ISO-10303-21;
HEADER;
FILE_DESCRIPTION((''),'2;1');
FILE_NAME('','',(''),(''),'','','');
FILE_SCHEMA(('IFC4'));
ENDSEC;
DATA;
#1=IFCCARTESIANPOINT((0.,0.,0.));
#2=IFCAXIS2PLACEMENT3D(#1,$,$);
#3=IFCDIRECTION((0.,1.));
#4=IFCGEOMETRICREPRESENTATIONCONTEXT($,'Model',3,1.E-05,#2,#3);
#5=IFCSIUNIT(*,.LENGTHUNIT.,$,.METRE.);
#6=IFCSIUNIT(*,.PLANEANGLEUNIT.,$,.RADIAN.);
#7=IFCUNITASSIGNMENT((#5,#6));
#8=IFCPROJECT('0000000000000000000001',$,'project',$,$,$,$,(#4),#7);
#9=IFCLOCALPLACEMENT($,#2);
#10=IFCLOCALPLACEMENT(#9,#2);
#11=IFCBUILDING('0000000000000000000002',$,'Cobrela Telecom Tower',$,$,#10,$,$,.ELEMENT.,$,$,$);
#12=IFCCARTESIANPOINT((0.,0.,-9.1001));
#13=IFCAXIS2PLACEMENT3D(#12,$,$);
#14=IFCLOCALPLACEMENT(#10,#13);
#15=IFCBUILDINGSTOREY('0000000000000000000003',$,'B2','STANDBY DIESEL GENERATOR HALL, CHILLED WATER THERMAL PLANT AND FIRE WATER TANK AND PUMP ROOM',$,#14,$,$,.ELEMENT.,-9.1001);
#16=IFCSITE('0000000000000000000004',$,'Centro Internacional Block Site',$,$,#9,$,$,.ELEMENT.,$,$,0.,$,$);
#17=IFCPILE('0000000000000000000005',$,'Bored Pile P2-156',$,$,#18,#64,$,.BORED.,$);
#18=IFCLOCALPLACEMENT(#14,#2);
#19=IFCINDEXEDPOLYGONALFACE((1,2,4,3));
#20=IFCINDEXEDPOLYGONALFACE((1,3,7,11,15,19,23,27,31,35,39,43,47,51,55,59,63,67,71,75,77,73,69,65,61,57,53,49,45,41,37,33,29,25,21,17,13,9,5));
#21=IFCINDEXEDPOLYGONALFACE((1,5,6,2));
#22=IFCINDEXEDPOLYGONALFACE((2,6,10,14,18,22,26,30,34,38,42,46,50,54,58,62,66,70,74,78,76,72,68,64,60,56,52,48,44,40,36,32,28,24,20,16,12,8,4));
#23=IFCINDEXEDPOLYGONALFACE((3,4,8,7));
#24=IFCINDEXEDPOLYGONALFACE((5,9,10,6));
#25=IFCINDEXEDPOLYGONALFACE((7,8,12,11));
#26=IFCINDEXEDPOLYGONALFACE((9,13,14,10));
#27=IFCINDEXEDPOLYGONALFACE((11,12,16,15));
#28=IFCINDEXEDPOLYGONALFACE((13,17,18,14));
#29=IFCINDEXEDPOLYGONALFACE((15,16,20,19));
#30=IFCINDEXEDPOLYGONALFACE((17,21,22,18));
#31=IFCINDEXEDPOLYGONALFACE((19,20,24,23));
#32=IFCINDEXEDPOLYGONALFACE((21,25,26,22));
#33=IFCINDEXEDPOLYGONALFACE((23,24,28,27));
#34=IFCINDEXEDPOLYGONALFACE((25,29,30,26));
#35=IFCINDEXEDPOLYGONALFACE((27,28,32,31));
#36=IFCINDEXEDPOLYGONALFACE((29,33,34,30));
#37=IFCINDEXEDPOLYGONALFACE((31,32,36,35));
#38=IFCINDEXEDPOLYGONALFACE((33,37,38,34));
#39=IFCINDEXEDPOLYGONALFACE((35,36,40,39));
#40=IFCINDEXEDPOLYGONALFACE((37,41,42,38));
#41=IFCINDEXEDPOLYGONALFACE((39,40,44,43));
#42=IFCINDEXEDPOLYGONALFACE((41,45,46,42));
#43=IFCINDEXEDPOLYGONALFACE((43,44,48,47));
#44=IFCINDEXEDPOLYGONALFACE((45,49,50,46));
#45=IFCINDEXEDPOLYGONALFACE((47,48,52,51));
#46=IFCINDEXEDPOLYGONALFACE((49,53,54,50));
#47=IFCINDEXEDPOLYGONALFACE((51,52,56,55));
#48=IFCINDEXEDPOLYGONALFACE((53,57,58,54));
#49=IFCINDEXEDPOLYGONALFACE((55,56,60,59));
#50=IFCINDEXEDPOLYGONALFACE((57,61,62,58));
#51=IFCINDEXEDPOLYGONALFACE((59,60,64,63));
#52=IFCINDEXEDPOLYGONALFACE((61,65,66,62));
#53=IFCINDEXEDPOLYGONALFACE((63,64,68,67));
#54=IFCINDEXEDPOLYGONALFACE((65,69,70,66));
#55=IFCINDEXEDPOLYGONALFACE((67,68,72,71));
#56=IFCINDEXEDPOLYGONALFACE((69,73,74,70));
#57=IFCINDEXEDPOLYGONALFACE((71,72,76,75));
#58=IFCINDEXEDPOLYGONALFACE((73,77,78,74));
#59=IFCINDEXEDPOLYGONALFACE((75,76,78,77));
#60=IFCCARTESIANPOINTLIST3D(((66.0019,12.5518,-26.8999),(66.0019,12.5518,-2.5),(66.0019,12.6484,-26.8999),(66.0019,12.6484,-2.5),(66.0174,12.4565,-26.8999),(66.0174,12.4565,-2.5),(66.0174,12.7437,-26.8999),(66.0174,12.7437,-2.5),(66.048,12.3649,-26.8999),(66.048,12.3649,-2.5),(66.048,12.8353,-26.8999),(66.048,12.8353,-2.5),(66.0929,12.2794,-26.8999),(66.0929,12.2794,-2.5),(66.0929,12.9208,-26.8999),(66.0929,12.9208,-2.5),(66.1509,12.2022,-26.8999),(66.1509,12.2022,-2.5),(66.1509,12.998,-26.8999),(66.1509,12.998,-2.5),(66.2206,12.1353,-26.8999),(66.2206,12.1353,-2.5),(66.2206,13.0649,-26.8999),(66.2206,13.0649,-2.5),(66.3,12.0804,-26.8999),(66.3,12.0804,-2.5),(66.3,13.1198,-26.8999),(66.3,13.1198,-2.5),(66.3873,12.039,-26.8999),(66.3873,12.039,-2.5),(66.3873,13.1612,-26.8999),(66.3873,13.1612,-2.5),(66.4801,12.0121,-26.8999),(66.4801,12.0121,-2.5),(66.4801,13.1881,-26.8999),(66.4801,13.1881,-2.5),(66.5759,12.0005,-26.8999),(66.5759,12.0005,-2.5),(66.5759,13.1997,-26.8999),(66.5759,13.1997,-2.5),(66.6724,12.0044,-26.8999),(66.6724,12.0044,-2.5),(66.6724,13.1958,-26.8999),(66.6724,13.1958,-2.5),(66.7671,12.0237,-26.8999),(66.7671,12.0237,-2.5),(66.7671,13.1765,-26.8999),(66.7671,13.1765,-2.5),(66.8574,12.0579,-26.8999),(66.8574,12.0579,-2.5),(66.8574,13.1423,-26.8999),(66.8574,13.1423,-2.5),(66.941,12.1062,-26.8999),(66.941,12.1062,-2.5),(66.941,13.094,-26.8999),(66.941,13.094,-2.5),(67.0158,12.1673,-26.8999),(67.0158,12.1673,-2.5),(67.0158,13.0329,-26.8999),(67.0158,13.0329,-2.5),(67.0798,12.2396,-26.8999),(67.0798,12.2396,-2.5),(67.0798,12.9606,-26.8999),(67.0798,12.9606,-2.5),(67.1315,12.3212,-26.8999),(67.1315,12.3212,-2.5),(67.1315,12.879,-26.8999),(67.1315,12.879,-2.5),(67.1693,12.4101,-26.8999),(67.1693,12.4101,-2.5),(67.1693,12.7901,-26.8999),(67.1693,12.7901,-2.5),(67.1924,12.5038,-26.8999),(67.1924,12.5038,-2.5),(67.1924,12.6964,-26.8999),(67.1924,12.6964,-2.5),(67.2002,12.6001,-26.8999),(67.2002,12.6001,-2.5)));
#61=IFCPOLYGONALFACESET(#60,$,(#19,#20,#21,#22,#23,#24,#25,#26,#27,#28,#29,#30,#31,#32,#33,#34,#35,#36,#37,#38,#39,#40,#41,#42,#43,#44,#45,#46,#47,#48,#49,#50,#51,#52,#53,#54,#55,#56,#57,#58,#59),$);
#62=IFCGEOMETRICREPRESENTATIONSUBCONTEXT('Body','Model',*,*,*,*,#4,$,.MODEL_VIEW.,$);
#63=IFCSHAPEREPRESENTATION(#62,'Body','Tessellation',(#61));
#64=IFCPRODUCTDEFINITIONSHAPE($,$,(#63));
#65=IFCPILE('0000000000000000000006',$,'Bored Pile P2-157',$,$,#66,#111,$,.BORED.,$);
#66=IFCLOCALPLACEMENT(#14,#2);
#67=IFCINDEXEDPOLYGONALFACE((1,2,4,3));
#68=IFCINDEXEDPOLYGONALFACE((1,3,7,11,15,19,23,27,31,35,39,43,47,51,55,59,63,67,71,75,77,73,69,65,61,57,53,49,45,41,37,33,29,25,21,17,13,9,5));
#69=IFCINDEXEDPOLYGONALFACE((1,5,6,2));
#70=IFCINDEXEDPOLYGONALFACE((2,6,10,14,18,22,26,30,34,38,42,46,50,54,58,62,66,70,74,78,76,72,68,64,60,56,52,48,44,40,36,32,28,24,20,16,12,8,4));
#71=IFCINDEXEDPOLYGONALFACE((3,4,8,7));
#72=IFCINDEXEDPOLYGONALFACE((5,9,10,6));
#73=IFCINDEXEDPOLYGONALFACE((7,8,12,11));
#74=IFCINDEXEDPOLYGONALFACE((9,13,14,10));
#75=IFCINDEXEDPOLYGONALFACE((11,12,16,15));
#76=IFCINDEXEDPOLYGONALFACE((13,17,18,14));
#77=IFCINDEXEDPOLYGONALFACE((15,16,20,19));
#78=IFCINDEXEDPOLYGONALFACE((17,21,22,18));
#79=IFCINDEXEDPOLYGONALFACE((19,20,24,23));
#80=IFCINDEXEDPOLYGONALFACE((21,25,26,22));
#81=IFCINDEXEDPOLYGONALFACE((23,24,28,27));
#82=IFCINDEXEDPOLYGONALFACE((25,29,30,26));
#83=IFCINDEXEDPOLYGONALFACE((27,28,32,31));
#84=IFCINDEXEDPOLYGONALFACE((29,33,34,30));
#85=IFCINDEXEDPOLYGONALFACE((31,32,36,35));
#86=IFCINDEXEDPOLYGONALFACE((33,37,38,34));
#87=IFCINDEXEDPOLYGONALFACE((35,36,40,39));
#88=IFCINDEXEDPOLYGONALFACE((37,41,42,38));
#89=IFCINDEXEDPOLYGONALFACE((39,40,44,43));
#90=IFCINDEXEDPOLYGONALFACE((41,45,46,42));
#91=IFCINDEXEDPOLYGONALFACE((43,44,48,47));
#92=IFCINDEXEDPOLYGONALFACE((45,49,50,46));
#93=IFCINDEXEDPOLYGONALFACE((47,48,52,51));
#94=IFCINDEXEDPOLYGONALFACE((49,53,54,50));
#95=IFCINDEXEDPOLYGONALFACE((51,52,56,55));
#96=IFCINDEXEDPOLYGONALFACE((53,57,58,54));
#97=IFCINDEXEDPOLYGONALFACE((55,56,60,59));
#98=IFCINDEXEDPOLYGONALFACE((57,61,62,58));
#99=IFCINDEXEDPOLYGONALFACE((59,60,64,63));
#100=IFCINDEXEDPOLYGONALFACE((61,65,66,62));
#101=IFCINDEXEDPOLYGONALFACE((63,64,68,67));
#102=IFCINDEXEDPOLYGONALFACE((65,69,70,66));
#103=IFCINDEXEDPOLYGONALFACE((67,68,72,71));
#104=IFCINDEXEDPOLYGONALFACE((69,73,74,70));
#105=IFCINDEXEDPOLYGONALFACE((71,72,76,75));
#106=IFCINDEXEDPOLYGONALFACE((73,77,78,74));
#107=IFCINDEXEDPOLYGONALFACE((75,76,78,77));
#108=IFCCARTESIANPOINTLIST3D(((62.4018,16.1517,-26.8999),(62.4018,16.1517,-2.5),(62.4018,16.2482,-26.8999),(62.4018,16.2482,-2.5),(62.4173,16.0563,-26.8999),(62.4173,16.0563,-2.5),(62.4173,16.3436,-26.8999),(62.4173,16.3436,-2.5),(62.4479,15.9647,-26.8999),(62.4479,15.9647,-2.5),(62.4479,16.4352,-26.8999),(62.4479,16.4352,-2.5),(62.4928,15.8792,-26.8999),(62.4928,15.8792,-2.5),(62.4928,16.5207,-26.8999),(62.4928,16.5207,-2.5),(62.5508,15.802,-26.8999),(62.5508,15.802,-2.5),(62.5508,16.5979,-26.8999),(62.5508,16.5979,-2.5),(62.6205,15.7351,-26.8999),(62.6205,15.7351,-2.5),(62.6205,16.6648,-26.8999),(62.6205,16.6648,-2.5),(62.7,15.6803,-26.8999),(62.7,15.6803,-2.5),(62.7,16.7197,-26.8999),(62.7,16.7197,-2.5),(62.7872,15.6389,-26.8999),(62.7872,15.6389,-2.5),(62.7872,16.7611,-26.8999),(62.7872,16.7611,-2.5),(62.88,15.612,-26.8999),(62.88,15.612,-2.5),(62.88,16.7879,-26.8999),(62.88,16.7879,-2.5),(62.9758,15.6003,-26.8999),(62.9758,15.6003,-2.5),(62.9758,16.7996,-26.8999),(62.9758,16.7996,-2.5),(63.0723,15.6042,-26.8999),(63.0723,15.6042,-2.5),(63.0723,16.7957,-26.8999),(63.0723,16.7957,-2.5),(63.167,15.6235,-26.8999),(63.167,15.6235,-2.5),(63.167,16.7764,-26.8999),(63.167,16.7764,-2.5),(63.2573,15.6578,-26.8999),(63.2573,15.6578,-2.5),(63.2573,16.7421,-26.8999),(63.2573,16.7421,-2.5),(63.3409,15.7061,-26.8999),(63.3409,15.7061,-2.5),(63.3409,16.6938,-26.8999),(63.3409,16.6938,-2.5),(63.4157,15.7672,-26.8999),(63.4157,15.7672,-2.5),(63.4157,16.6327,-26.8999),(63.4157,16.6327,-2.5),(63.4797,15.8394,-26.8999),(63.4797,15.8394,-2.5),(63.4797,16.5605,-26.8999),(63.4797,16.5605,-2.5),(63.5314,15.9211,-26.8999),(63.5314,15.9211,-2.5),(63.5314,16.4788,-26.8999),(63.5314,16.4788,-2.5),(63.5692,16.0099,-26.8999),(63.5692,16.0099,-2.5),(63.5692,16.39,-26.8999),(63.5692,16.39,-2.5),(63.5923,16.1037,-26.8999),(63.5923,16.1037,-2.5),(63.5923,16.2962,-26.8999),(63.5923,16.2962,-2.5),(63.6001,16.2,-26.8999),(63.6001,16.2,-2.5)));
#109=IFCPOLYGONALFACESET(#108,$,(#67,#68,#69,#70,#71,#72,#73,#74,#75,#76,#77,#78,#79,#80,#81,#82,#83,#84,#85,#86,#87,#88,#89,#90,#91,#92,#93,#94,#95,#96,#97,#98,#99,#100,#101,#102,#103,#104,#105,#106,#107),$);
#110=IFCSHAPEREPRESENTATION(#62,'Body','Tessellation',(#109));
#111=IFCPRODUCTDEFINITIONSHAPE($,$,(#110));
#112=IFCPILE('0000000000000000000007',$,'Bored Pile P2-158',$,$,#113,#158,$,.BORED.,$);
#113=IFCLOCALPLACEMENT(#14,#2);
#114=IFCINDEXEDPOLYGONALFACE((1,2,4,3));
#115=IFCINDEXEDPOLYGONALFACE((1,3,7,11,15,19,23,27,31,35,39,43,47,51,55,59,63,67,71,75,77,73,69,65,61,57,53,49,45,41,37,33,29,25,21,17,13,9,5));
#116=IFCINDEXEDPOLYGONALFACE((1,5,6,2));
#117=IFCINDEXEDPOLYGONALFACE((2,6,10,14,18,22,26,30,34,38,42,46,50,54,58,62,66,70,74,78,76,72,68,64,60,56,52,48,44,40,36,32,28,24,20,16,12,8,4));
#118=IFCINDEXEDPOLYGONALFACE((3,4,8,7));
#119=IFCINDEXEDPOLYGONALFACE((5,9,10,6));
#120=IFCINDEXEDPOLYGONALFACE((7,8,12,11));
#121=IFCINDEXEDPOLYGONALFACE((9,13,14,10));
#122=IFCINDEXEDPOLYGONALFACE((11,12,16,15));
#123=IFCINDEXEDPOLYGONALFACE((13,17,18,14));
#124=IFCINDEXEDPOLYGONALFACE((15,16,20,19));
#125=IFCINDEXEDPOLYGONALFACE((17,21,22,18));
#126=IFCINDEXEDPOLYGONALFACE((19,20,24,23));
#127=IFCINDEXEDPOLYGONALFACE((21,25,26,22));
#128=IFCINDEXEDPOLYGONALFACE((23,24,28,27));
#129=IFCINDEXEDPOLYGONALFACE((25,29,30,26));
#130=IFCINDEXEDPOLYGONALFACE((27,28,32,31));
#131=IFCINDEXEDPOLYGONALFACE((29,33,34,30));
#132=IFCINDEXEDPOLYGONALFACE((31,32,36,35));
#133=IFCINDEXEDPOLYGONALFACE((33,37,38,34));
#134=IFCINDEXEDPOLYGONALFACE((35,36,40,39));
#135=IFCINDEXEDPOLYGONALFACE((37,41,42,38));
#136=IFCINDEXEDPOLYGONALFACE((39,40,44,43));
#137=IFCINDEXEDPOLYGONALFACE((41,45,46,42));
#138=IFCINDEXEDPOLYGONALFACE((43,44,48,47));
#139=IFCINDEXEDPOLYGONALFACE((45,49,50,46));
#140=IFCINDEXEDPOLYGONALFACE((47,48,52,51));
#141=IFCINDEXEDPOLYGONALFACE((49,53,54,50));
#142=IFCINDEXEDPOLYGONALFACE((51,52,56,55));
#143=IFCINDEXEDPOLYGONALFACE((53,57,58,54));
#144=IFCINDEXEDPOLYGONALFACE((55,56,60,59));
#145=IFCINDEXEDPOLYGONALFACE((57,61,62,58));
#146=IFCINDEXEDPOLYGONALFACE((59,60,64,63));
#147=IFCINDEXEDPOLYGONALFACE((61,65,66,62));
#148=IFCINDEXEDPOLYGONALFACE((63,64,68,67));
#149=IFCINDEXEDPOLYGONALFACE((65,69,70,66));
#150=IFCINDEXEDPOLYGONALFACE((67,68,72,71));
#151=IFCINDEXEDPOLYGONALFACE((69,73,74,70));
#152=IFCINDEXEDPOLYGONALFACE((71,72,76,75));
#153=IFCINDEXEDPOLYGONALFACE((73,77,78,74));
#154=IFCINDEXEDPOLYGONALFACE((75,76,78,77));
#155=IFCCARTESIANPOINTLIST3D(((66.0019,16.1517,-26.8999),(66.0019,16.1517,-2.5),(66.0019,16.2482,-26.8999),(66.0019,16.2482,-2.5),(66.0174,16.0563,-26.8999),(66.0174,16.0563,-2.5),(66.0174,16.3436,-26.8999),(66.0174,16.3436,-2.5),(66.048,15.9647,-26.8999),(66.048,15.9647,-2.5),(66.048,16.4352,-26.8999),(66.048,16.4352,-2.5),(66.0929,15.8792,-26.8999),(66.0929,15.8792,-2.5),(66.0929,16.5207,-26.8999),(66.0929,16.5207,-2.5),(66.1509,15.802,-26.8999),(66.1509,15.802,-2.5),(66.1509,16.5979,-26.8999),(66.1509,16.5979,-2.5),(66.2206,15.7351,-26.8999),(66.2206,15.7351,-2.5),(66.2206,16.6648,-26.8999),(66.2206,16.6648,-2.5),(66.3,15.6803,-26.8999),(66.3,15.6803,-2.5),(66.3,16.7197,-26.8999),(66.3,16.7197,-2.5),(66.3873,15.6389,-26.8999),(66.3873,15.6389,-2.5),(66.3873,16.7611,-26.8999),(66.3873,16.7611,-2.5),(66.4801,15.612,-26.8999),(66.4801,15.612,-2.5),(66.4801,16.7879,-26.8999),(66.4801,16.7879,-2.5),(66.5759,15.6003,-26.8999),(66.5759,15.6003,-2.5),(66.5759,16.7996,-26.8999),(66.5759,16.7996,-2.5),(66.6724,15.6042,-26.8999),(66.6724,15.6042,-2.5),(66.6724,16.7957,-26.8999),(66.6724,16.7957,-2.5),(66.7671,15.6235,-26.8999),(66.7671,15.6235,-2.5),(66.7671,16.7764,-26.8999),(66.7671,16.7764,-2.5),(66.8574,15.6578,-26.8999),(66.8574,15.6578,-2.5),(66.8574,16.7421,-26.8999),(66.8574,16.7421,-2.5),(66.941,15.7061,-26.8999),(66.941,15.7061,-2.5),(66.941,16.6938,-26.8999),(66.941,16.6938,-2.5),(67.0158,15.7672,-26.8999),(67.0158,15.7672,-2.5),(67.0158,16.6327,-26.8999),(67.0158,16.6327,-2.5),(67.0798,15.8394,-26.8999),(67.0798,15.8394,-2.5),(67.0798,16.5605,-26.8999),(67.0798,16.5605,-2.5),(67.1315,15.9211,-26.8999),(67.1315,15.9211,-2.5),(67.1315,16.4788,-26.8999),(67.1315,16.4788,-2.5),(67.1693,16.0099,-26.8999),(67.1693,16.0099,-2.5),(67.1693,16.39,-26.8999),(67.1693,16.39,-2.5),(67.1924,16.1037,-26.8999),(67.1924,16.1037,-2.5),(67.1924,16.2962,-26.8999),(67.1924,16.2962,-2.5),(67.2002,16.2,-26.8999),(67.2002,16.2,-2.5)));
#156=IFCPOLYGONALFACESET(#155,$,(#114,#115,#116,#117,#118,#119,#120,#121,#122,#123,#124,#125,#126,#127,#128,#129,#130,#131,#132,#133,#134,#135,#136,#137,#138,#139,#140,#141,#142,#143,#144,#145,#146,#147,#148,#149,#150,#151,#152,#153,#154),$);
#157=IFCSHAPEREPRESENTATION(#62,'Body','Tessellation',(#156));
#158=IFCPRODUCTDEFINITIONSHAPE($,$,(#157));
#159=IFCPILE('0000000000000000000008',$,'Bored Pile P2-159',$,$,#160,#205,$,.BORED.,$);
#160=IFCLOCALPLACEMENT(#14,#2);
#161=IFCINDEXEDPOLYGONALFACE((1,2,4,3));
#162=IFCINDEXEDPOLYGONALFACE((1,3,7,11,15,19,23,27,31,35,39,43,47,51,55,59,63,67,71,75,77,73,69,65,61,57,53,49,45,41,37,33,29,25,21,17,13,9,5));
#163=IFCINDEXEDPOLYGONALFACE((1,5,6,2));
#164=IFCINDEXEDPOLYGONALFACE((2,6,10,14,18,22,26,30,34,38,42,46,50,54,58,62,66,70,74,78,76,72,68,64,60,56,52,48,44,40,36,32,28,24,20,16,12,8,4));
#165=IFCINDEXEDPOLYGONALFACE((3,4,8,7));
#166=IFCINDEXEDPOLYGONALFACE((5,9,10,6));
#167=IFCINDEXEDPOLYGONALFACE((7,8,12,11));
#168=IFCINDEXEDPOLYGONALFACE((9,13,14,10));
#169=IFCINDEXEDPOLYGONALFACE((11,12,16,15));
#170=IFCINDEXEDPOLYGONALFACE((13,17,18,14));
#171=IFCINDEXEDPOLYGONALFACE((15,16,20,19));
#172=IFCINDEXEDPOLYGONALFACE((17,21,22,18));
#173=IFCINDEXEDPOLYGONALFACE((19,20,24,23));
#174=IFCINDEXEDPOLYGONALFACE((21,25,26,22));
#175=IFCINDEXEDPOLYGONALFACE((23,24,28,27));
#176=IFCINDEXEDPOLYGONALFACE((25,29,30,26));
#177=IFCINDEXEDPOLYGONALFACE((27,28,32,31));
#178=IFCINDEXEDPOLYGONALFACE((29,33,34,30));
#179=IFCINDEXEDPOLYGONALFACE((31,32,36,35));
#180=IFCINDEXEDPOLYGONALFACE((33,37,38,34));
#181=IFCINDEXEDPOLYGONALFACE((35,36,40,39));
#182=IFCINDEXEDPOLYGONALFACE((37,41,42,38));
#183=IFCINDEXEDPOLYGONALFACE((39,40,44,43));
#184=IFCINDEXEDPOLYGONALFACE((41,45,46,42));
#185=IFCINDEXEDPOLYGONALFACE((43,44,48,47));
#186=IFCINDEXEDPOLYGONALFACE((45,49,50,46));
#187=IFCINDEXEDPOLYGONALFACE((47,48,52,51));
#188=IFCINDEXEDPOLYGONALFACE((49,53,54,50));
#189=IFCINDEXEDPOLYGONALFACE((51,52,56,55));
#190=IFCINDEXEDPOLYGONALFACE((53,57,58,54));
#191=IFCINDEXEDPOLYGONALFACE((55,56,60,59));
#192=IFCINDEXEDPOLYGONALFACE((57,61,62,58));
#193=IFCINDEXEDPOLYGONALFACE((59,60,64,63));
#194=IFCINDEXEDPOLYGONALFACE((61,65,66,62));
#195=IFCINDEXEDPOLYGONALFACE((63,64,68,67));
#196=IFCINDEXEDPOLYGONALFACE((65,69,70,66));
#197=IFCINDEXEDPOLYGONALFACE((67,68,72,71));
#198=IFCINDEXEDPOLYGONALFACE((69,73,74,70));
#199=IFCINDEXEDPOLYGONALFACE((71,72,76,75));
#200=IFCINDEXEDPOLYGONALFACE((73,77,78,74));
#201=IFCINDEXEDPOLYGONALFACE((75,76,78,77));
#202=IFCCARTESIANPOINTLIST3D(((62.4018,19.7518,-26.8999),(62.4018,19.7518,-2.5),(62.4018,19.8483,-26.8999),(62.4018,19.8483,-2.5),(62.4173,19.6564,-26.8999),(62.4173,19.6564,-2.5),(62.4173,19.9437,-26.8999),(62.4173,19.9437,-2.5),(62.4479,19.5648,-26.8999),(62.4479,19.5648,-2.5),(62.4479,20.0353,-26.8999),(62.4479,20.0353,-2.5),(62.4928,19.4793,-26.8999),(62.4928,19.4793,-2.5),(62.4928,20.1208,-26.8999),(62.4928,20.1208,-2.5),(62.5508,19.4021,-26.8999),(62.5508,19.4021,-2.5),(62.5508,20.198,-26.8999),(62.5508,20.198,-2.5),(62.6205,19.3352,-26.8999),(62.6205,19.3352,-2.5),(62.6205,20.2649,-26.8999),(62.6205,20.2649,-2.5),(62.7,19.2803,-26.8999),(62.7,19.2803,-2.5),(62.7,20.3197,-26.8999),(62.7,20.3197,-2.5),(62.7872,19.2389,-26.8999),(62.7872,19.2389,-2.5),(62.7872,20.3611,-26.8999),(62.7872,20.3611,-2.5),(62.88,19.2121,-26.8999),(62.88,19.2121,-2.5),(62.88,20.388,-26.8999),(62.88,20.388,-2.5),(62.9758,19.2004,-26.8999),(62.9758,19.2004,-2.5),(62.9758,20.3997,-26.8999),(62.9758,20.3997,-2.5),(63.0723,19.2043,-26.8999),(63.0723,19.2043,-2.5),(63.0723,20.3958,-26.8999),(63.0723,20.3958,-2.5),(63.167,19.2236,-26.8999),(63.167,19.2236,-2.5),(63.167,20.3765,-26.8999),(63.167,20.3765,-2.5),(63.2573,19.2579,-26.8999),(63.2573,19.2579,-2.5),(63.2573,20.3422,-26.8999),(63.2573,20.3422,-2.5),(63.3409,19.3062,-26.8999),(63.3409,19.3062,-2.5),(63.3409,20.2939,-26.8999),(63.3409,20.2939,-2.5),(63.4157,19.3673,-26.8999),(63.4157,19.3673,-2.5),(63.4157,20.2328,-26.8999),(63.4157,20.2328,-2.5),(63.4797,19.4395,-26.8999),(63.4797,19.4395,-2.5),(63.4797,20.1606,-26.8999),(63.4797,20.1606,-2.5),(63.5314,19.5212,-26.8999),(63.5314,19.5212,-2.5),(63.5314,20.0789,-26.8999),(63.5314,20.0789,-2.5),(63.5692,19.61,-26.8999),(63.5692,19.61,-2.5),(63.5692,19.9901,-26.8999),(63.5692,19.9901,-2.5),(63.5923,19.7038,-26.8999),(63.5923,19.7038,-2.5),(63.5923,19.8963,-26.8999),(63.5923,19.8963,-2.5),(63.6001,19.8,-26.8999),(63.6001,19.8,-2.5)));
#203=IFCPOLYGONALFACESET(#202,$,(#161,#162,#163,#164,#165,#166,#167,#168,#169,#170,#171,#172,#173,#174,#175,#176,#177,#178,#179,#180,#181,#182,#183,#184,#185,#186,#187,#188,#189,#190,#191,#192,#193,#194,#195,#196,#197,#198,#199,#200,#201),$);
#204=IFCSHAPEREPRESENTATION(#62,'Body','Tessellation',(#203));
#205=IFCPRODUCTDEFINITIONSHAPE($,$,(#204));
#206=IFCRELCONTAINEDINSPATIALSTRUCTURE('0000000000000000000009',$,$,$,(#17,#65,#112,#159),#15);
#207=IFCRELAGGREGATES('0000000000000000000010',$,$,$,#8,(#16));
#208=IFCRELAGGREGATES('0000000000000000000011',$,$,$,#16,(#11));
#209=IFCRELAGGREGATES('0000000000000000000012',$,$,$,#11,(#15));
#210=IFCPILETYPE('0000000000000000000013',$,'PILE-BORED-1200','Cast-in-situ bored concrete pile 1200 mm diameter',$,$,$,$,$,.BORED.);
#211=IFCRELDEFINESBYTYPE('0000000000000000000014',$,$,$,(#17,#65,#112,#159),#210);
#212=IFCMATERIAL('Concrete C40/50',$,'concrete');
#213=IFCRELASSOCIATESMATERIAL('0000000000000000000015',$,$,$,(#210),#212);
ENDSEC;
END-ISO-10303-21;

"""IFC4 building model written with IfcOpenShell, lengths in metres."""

from ifc_helpers import new_model, si_unit, direction, frame, origin, origin_2d, place, context, subcontext, project, spatial, circle, extrude, material, material_profile, profile_set, type_object, element, save


model = new_model("IFC4")

# Units and contexts
model_context = context("Model", 3, precision=1e-05, world=origin(), true_north=direction((0.0, 1.0)))
body_context = subcontext(model_context, "Body", "Model", "MODEL_VIEW")
ifc_project = project(units=[si_unit("LENGTHUNIT", "METRE"), si_unit("PLANEANGLEUNIT", "RADIAN")], contexts=[model_context])

# Site, building, storey
site_placement = place(None, origin())
site = spatial("IfcSite", under=ifc_project, at=site_placement, Name="Centro Internacional Block Site", CompositionType="ELEMENT", RefElevation=0.0)
building_placement = place(site_placement, origin())
building = spatial("IfcBuilding", under=site, at=building_placement, Name="Cobrela Telecom Tower", CompositionType="ELEMENT")
storey_placement = place(building_placement, frame((0.0, 0.0, -9.1001)))
storey = spatial("IfcBuildingStorey", under=building, at=storey_placement, Name="B2", Description="STANDBY DIESEL GENERATOR HALL, CHILLED WATER THERMAL PLANT AND FIRE WATER TANK AND PUMP ROOM", CompositionType="ELEMENT", Elevation=-9.1001)

# Shared definitions
ifc_material_1 = material(Name="Concrete C40/50", Category="concrete")

# Piles
ifc_material_profile_1 = material_profile(ifc_material_1, circle(Radius=0.6001, at=origin_2d()), Name="BORED PILE D1200")
ifc_profile_set_1 = profile_set([ifc_material_profile_1], Name="Concrete C40/50")
pile_type = type_object("IfcPileType", Name="PILE-BORED-1200", Description="Cast-in-situ bored concrete pile 1200 mm diameter", PredefinedType="BORED", material=ifc_profile_set_1)
for number, where, z_axis, x_axis, name in (
    (1, (66.6001, 12.6001, -2.5), (0.0, 0.0, -1.0), (1.0, 0.0, 0.0), "Bored Pile P2-156"),
    (2, (63.0, 16.2, -2.5), (0.0, 0.0, -1.0), (1.0, 0.0, 0.0), "Bored Pile P2-157"),
    (3, (66.6001, 16.2, -2.5), (0.0, 0.0, -1.0), (1.0, 0.0, 0.0), "Bored Pile P2-158"),
    (4, (63.0, 19.8, -2.5), (0.0, 0.0, -1.0), (1.0, 0.0, 0.0), "Bored Pile P2-159"),
):
    element("IfcPile", number, at=place(storey_placement, frame(where, z_axis=z_axis, x_axis=x_axis)), inside=storey, type_object=pile_type, Name=name, PredefinedType="BORED", context=body_context, shape_type="SweptSolid", body=[
        extrude(circle(Radius=0.6001, at=origin_2d()), origin(), (0.0, 0.0, 1.0), 24.3999),
    ])

save(model, "model.ifc")
